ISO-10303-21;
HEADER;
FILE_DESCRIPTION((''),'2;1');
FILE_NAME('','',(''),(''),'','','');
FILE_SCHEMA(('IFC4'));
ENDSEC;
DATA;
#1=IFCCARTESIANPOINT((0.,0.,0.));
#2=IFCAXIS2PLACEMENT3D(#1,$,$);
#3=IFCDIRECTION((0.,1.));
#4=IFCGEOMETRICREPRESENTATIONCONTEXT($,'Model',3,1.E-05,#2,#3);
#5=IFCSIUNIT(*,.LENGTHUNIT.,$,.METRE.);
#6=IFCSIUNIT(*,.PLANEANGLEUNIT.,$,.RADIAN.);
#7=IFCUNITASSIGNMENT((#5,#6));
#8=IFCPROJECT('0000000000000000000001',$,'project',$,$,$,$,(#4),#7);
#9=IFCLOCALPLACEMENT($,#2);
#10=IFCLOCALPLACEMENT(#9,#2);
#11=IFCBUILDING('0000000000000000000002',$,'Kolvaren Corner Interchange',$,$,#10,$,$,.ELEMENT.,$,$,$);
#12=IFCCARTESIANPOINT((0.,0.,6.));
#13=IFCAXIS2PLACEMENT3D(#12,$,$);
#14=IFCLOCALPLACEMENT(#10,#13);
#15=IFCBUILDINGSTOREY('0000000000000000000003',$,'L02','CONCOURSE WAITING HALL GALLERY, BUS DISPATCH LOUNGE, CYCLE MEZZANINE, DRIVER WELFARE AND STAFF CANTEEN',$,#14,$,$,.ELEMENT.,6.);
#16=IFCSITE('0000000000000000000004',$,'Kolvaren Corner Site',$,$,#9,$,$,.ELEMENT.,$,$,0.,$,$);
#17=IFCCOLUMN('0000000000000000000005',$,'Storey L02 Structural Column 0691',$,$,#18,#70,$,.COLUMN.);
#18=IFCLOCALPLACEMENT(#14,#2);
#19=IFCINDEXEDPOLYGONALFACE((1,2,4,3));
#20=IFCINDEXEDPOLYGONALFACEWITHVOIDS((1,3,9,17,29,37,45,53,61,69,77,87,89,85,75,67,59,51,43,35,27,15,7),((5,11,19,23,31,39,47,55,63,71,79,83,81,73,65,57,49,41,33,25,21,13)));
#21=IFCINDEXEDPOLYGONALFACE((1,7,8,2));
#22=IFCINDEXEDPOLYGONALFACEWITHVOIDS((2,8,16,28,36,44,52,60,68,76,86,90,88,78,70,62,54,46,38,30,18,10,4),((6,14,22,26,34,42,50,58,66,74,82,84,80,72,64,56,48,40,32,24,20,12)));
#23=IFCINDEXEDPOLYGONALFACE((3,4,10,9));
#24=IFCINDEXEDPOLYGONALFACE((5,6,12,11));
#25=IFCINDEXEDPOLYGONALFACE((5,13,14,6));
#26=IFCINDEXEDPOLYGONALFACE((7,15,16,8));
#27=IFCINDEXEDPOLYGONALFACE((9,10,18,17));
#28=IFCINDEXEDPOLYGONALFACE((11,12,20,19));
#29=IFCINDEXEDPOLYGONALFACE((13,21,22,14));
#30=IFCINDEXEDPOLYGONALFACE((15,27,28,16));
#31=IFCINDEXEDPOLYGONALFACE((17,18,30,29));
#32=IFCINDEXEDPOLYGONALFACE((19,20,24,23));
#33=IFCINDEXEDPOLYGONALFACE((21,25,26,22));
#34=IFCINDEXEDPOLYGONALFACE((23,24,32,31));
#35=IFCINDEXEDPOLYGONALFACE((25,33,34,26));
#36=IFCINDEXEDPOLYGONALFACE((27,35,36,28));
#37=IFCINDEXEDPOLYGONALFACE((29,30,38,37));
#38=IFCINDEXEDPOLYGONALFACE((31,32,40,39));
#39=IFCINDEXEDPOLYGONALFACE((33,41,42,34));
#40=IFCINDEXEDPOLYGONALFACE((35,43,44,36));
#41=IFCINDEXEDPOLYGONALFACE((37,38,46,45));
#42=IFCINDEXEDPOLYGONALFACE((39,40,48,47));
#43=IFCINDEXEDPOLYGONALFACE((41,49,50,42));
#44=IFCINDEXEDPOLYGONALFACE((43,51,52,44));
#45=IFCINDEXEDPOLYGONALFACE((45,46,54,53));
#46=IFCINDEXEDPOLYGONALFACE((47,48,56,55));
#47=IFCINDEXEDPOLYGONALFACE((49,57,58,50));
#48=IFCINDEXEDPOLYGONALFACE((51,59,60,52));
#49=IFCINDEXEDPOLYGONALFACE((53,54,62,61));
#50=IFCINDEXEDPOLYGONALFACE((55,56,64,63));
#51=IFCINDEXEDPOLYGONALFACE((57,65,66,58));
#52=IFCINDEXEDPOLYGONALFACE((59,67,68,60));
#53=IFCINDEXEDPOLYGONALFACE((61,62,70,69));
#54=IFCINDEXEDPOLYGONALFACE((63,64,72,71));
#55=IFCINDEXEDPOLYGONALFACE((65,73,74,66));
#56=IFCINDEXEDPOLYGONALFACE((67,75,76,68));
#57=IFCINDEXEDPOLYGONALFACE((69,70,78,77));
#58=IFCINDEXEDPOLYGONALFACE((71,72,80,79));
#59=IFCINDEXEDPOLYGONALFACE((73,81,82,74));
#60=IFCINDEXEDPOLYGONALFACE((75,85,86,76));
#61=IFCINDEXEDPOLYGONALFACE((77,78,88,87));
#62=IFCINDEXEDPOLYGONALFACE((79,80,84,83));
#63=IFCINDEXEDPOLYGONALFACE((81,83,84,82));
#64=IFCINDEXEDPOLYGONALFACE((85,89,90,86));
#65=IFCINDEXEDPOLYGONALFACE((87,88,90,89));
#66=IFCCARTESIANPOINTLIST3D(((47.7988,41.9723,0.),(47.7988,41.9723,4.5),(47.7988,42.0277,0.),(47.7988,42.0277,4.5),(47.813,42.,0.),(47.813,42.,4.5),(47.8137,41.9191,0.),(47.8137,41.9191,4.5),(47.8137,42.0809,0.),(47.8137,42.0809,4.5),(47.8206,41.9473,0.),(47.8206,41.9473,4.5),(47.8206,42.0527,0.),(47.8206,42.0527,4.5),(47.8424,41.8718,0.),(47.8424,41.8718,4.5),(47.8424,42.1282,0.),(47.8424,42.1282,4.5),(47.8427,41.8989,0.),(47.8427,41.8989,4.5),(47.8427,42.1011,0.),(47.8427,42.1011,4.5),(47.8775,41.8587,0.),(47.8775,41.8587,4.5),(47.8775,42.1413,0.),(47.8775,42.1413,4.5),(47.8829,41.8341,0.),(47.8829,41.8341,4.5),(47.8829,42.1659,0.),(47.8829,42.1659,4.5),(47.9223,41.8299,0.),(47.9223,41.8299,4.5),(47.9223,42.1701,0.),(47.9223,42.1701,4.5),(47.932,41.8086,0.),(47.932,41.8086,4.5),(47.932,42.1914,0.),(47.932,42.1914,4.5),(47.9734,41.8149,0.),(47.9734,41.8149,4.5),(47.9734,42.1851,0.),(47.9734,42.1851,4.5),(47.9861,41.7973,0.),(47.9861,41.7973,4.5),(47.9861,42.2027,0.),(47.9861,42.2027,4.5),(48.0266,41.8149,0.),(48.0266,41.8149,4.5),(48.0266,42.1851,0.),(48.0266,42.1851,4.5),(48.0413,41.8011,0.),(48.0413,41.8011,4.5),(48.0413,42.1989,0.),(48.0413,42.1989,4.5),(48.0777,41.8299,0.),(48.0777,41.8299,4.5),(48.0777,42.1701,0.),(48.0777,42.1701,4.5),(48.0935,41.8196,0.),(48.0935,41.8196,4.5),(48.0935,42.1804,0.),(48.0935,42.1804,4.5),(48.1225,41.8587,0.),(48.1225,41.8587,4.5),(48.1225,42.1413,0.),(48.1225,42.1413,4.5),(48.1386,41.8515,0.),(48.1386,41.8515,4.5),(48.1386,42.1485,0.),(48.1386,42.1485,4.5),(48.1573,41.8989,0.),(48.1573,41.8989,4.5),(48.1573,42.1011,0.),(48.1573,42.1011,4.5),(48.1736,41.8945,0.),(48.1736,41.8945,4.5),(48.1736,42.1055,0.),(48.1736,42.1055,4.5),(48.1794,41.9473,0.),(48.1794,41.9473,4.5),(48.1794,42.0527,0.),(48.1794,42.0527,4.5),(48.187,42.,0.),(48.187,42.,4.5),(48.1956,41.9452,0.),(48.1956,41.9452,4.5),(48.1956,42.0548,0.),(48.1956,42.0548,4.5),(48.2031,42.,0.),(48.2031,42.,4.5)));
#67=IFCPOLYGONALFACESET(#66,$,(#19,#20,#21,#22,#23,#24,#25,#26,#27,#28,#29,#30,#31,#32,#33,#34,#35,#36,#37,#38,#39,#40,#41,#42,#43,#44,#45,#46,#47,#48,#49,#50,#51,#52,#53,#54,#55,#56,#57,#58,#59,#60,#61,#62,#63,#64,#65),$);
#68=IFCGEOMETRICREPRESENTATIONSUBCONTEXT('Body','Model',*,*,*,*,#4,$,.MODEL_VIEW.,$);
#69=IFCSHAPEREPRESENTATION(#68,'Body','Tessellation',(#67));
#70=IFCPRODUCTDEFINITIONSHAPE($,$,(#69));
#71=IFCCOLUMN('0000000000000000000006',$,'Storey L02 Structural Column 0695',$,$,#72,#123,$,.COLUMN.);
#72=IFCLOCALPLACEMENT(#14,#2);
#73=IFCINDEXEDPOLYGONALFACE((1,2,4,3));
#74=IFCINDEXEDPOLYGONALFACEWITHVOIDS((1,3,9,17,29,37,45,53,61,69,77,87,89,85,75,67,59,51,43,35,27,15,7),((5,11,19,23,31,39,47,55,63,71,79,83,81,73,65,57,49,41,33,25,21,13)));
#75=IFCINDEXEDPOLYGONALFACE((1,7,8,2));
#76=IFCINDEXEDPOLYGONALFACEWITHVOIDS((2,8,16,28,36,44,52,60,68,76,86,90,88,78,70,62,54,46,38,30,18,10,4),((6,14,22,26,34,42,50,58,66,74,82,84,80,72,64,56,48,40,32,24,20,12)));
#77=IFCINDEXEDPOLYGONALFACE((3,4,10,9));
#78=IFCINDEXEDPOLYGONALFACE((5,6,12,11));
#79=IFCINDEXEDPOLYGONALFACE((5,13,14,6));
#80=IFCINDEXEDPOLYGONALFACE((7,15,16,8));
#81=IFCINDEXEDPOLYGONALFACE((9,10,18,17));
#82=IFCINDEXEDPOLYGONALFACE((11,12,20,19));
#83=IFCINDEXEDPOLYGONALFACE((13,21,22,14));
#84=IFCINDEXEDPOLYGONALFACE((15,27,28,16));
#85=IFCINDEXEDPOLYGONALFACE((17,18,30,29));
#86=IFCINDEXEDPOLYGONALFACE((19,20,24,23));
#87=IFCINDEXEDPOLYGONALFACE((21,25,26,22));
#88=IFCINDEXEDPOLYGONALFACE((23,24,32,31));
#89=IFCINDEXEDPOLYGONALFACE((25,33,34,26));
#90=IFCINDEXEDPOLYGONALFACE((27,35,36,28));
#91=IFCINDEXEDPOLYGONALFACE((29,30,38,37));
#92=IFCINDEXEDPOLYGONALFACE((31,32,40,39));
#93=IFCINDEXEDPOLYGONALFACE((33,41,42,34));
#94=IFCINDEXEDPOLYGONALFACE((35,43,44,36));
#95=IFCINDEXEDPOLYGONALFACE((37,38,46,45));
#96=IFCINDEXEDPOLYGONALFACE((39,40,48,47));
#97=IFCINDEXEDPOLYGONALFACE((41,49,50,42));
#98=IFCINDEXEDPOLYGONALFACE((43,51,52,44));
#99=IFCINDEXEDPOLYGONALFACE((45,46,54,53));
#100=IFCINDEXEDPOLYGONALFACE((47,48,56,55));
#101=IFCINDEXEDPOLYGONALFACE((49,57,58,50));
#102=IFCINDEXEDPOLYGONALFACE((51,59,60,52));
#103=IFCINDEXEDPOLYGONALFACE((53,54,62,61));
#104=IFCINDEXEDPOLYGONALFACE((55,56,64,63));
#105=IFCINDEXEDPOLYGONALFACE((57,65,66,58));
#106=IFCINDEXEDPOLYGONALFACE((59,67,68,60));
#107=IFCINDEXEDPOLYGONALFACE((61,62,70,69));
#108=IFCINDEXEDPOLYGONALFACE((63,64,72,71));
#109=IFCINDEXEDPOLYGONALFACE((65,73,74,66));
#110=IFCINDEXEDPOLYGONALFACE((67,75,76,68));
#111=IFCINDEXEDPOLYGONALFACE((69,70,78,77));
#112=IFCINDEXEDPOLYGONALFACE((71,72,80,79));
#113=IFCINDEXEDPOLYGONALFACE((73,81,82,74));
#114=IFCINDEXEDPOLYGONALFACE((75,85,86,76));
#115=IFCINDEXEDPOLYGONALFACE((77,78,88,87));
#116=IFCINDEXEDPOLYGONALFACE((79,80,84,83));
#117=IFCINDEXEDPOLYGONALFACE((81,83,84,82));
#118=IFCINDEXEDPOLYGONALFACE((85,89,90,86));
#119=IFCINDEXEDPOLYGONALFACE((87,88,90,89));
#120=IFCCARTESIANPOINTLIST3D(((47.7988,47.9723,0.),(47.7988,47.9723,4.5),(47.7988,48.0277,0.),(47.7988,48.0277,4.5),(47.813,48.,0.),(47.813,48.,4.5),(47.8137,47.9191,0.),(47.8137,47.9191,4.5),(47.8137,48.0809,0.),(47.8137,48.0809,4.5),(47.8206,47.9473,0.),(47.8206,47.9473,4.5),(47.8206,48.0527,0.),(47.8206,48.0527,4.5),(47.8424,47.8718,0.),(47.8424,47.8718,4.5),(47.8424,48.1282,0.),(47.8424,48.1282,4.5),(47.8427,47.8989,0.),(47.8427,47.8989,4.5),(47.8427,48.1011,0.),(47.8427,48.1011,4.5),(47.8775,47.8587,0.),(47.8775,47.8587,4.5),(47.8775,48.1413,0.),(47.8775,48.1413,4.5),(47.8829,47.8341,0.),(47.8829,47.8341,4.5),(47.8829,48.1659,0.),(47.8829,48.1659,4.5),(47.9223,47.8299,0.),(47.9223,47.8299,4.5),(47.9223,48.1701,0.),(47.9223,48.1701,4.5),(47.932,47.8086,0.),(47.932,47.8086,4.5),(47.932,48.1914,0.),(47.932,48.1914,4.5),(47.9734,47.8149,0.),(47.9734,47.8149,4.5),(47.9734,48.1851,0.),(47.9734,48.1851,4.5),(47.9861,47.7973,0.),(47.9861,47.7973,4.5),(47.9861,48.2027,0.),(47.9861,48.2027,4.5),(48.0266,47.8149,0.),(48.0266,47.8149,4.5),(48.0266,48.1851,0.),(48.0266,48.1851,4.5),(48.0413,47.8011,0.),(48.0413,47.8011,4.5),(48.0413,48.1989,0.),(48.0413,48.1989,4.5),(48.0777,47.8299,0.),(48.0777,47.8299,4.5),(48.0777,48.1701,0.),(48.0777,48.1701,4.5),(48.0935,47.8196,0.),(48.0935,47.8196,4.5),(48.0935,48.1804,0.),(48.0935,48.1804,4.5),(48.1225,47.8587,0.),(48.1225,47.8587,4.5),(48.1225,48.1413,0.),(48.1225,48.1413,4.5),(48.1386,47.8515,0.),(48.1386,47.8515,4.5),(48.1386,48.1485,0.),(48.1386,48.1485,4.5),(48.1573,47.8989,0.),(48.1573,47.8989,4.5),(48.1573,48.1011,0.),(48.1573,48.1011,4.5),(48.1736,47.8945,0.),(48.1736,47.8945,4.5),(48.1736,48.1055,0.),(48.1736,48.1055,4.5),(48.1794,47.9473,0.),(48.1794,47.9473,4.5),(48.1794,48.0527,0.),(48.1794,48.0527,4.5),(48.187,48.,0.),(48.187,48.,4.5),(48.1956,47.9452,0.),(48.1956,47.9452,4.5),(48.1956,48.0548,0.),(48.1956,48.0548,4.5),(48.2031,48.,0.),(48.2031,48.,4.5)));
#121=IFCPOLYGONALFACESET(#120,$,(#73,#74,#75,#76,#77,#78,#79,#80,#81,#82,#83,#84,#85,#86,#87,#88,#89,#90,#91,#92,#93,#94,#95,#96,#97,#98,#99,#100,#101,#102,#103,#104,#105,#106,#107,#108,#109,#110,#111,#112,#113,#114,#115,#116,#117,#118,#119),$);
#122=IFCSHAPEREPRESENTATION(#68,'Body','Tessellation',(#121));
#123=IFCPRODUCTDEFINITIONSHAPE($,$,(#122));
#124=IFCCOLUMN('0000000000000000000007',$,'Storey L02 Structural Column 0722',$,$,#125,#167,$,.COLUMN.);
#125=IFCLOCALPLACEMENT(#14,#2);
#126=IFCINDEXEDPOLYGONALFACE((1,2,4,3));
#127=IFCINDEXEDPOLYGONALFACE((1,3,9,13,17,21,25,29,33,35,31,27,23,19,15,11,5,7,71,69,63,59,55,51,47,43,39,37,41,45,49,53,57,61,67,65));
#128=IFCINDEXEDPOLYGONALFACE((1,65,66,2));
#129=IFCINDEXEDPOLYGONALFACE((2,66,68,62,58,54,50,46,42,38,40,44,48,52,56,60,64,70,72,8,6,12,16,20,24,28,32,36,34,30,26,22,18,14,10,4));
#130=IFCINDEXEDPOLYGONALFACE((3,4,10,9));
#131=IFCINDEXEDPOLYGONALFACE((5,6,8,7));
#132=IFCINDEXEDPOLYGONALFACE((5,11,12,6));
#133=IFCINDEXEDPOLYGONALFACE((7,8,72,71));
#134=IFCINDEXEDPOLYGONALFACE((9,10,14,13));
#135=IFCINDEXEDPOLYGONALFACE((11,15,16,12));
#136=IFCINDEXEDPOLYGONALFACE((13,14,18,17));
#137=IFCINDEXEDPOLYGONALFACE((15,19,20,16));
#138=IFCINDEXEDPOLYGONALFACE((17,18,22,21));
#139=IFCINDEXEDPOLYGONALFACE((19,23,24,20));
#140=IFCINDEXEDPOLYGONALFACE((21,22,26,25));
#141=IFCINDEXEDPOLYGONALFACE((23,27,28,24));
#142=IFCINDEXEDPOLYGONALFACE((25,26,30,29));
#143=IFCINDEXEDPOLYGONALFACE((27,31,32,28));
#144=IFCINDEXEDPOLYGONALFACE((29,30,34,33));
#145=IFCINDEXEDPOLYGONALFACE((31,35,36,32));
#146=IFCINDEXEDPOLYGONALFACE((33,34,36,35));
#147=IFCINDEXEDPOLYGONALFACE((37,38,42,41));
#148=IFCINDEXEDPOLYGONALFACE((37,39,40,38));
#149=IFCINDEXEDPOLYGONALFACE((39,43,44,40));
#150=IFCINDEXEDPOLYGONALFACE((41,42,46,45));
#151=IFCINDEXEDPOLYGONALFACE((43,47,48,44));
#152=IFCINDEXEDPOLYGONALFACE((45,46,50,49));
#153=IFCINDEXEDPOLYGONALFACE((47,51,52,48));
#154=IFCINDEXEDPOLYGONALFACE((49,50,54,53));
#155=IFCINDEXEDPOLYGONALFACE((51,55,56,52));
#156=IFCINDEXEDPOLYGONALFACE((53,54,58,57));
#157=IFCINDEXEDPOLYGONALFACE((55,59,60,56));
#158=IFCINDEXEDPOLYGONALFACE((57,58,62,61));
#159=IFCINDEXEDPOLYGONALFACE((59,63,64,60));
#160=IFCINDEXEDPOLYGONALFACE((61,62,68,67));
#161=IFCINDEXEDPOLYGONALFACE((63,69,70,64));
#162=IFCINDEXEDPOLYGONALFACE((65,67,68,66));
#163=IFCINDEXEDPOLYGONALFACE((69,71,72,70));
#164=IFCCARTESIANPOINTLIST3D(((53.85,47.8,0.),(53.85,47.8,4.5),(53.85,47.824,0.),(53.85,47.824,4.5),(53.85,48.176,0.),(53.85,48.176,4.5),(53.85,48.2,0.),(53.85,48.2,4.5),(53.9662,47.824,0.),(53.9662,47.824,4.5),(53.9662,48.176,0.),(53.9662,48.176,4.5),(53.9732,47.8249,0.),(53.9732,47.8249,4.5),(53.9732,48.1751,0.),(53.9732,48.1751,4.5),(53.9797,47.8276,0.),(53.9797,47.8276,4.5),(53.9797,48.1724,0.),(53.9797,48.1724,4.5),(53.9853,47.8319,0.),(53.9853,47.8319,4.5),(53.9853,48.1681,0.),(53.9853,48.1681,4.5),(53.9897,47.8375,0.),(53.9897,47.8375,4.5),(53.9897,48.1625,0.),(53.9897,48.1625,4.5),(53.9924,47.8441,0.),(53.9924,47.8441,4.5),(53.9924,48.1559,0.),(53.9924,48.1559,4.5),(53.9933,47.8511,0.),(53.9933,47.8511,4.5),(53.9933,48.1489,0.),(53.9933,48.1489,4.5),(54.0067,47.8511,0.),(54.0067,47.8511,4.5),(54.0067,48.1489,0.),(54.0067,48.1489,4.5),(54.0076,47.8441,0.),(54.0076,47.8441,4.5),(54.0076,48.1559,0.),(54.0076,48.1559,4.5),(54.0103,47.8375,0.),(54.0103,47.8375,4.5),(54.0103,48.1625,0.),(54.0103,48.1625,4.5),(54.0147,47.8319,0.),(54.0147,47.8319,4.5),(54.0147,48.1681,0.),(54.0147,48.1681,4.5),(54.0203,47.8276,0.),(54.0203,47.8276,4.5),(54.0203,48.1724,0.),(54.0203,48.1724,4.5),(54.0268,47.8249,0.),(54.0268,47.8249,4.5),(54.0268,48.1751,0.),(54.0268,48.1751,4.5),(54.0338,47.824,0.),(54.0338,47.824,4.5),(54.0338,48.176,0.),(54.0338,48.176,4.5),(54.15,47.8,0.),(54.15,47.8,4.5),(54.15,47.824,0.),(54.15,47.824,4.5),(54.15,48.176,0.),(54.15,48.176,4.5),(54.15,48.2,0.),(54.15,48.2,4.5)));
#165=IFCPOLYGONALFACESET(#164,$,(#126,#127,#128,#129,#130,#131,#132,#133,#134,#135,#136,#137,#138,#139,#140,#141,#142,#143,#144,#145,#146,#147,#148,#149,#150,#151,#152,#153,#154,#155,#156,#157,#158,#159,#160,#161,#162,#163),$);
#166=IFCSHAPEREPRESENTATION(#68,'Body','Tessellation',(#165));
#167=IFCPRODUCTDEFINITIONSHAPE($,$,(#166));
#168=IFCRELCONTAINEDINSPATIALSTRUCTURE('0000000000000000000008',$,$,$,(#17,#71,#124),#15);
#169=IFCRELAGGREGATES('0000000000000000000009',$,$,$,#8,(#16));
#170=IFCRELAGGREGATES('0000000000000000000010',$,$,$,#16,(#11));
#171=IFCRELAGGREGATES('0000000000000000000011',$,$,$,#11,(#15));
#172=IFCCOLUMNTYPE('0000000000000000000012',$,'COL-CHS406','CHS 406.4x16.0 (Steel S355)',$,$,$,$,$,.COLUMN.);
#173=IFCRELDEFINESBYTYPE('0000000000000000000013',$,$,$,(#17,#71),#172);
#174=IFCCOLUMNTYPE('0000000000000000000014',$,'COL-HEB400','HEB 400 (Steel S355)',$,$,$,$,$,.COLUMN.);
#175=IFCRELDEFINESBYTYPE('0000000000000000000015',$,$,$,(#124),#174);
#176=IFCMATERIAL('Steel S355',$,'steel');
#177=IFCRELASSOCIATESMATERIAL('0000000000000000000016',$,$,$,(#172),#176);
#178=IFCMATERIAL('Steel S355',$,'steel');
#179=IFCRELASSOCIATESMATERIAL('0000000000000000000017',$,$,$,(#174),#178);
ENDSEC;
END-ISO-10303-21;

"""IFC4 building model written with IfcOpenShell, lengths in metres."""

from ifc_helpers import new_model, si_unit, direction, frame, origin, origin_2d, place, context, subcontext, project, spatial, hollow_circle, i_section, extrude, material, material_profile, profile_set, type_object, element, save


model = new_model("IFC4")

# Units and contexts
model_context = context("Model", 3, precision=1e-05, world=origin(), true_north=direction((0.0, 1.0)))
body_context = subcontext(model_context, "Body", "Model", "MODEL_VIEW")
ifc_project = project(units=[si_unit("LENGTHUNIT", "METRE"), si_unit("PLANEANGLEUNIT", "RADIAN")], contexts=[model_context])

# Site, building, storey
site_placement = place(None, origin())
site = spatial("IfcSite", under=ifc_project, at=site_placement, Name="Kolvaren Corner Site", CompositionType="ELEMENT", RefElevation=0.0)
building_placement = place(site_placement, origin())
building = spatial("IfcBuilding", under=site, at=building_placement, Name="Kolvaren Corner Interchange", CompositionType="ELEMENT")
storey_placement = place(building_placement, frame((0.0, 0.0, 6.0)))
storey = spatial("IfcBuildingStorey", under=building, at=storey_placement, Name="L02", Description="CONCOURSE WAITING HALL GALLERY, BUS DISPATCH LOUNGE, CYCLE MEZZANINE, DRIVER WELFARE AND STAFF CANTEEN", CompositionType="ELEMENT", Elevation=6.0)

# Columns
ifc_material_1 = material(Name="Steel S355", Category="steel")
ifc_material_profile_1 = material_profile(ifc_material_1, hollow_circle(Radius=0.2031, WallThickness=0.0161, at=origin_2d()), Name="CHS 406.4x16.0")
ifc_profile_set_1 = profile_set([ifc_material_profile_1], Name="Steel S355")
column_type_1 = type_object("IfcColumnType", Name="COL-CHS406", Description="CHS 406.4x16.0 (Steel S355)", PredefinedType="COLUMN", material=ifc_profile_set_1)
for number, where, z_axis, x_axis, name in (
    (1, (48.0, 42.0, 0.0), (0.0, 0.0, 1.0), (1.0, 0.0, 0.0), "Storey L02 Structural Column 0691"),
    (2, (48.0, 48.0, 0.0), (0.0, 0.0, 1.0), (1.0, 0.0, 0.0), "Storey L02 Structural Column 0695"),
):
    element("IfcColumn", number, at=place(storey_placement, frame(where, z_axis=z_axis, x_axis=x_axis)), inside=storey, type_object=column_type_1, Name=name, PredefinedType="COLUMN", context=body_context, shape_type="SweptSolid", body=[
        extrude(hollow_circle(Radius=0.2031, WallThickness=0.0161, at=origin_2d()), origin(), (0.0, 0.0, 1.0), 4.5),
    ])
ifc_material_2 = material(Name="Steel S355", Category="steel")
ifc_material_profile_2 = material_profile(ifc_material_2, i_section(OverallWidth=0.3, OverallDepth=0.3999, WebThickness=0.0134, FlangeThickness=0.0239, FilletRadius=0.0271, at=origin_2d()), Name="HEB 400")
ifc_profile_set_2 = profile_set([ifc_material_profile_2], Name="Steel S355")
column_type_2 = type_object("IfcColumnType", Name="COL-HEB400", Description="HEB 400 (Steel S355)", PredefinedType="COLUMN", material=ifc_profile_set_2)
for number, where, z_axis, x_axis, name in (
    (3, (54.0, 48.0, 0.0), (0.0, 0.0, 1.0), (1.0, 0.0, 0.0), "Storey L02 Structural Column 0722"),
):
    element("IfcColumn", number, at=place(storey_placement, frame(where, z_axis=z_axis, x_axis=x_axis)), inside=storey, type_object=column_type_2, Name=name, PredefinedType="COLUMN", context=body_context, shape_type="SweptSolid", body=[
        extrude(i_section(OverallWidth=0.3, OverallDepth=0.3999, WebThickness=0.0134, FlangeThickness=0.0239, FilletRadius=0.0271, at=origin_2d()), origin(), (0.0, 0.0, 1.0), 4.5),
    ])

save(model, "model.ifc")
